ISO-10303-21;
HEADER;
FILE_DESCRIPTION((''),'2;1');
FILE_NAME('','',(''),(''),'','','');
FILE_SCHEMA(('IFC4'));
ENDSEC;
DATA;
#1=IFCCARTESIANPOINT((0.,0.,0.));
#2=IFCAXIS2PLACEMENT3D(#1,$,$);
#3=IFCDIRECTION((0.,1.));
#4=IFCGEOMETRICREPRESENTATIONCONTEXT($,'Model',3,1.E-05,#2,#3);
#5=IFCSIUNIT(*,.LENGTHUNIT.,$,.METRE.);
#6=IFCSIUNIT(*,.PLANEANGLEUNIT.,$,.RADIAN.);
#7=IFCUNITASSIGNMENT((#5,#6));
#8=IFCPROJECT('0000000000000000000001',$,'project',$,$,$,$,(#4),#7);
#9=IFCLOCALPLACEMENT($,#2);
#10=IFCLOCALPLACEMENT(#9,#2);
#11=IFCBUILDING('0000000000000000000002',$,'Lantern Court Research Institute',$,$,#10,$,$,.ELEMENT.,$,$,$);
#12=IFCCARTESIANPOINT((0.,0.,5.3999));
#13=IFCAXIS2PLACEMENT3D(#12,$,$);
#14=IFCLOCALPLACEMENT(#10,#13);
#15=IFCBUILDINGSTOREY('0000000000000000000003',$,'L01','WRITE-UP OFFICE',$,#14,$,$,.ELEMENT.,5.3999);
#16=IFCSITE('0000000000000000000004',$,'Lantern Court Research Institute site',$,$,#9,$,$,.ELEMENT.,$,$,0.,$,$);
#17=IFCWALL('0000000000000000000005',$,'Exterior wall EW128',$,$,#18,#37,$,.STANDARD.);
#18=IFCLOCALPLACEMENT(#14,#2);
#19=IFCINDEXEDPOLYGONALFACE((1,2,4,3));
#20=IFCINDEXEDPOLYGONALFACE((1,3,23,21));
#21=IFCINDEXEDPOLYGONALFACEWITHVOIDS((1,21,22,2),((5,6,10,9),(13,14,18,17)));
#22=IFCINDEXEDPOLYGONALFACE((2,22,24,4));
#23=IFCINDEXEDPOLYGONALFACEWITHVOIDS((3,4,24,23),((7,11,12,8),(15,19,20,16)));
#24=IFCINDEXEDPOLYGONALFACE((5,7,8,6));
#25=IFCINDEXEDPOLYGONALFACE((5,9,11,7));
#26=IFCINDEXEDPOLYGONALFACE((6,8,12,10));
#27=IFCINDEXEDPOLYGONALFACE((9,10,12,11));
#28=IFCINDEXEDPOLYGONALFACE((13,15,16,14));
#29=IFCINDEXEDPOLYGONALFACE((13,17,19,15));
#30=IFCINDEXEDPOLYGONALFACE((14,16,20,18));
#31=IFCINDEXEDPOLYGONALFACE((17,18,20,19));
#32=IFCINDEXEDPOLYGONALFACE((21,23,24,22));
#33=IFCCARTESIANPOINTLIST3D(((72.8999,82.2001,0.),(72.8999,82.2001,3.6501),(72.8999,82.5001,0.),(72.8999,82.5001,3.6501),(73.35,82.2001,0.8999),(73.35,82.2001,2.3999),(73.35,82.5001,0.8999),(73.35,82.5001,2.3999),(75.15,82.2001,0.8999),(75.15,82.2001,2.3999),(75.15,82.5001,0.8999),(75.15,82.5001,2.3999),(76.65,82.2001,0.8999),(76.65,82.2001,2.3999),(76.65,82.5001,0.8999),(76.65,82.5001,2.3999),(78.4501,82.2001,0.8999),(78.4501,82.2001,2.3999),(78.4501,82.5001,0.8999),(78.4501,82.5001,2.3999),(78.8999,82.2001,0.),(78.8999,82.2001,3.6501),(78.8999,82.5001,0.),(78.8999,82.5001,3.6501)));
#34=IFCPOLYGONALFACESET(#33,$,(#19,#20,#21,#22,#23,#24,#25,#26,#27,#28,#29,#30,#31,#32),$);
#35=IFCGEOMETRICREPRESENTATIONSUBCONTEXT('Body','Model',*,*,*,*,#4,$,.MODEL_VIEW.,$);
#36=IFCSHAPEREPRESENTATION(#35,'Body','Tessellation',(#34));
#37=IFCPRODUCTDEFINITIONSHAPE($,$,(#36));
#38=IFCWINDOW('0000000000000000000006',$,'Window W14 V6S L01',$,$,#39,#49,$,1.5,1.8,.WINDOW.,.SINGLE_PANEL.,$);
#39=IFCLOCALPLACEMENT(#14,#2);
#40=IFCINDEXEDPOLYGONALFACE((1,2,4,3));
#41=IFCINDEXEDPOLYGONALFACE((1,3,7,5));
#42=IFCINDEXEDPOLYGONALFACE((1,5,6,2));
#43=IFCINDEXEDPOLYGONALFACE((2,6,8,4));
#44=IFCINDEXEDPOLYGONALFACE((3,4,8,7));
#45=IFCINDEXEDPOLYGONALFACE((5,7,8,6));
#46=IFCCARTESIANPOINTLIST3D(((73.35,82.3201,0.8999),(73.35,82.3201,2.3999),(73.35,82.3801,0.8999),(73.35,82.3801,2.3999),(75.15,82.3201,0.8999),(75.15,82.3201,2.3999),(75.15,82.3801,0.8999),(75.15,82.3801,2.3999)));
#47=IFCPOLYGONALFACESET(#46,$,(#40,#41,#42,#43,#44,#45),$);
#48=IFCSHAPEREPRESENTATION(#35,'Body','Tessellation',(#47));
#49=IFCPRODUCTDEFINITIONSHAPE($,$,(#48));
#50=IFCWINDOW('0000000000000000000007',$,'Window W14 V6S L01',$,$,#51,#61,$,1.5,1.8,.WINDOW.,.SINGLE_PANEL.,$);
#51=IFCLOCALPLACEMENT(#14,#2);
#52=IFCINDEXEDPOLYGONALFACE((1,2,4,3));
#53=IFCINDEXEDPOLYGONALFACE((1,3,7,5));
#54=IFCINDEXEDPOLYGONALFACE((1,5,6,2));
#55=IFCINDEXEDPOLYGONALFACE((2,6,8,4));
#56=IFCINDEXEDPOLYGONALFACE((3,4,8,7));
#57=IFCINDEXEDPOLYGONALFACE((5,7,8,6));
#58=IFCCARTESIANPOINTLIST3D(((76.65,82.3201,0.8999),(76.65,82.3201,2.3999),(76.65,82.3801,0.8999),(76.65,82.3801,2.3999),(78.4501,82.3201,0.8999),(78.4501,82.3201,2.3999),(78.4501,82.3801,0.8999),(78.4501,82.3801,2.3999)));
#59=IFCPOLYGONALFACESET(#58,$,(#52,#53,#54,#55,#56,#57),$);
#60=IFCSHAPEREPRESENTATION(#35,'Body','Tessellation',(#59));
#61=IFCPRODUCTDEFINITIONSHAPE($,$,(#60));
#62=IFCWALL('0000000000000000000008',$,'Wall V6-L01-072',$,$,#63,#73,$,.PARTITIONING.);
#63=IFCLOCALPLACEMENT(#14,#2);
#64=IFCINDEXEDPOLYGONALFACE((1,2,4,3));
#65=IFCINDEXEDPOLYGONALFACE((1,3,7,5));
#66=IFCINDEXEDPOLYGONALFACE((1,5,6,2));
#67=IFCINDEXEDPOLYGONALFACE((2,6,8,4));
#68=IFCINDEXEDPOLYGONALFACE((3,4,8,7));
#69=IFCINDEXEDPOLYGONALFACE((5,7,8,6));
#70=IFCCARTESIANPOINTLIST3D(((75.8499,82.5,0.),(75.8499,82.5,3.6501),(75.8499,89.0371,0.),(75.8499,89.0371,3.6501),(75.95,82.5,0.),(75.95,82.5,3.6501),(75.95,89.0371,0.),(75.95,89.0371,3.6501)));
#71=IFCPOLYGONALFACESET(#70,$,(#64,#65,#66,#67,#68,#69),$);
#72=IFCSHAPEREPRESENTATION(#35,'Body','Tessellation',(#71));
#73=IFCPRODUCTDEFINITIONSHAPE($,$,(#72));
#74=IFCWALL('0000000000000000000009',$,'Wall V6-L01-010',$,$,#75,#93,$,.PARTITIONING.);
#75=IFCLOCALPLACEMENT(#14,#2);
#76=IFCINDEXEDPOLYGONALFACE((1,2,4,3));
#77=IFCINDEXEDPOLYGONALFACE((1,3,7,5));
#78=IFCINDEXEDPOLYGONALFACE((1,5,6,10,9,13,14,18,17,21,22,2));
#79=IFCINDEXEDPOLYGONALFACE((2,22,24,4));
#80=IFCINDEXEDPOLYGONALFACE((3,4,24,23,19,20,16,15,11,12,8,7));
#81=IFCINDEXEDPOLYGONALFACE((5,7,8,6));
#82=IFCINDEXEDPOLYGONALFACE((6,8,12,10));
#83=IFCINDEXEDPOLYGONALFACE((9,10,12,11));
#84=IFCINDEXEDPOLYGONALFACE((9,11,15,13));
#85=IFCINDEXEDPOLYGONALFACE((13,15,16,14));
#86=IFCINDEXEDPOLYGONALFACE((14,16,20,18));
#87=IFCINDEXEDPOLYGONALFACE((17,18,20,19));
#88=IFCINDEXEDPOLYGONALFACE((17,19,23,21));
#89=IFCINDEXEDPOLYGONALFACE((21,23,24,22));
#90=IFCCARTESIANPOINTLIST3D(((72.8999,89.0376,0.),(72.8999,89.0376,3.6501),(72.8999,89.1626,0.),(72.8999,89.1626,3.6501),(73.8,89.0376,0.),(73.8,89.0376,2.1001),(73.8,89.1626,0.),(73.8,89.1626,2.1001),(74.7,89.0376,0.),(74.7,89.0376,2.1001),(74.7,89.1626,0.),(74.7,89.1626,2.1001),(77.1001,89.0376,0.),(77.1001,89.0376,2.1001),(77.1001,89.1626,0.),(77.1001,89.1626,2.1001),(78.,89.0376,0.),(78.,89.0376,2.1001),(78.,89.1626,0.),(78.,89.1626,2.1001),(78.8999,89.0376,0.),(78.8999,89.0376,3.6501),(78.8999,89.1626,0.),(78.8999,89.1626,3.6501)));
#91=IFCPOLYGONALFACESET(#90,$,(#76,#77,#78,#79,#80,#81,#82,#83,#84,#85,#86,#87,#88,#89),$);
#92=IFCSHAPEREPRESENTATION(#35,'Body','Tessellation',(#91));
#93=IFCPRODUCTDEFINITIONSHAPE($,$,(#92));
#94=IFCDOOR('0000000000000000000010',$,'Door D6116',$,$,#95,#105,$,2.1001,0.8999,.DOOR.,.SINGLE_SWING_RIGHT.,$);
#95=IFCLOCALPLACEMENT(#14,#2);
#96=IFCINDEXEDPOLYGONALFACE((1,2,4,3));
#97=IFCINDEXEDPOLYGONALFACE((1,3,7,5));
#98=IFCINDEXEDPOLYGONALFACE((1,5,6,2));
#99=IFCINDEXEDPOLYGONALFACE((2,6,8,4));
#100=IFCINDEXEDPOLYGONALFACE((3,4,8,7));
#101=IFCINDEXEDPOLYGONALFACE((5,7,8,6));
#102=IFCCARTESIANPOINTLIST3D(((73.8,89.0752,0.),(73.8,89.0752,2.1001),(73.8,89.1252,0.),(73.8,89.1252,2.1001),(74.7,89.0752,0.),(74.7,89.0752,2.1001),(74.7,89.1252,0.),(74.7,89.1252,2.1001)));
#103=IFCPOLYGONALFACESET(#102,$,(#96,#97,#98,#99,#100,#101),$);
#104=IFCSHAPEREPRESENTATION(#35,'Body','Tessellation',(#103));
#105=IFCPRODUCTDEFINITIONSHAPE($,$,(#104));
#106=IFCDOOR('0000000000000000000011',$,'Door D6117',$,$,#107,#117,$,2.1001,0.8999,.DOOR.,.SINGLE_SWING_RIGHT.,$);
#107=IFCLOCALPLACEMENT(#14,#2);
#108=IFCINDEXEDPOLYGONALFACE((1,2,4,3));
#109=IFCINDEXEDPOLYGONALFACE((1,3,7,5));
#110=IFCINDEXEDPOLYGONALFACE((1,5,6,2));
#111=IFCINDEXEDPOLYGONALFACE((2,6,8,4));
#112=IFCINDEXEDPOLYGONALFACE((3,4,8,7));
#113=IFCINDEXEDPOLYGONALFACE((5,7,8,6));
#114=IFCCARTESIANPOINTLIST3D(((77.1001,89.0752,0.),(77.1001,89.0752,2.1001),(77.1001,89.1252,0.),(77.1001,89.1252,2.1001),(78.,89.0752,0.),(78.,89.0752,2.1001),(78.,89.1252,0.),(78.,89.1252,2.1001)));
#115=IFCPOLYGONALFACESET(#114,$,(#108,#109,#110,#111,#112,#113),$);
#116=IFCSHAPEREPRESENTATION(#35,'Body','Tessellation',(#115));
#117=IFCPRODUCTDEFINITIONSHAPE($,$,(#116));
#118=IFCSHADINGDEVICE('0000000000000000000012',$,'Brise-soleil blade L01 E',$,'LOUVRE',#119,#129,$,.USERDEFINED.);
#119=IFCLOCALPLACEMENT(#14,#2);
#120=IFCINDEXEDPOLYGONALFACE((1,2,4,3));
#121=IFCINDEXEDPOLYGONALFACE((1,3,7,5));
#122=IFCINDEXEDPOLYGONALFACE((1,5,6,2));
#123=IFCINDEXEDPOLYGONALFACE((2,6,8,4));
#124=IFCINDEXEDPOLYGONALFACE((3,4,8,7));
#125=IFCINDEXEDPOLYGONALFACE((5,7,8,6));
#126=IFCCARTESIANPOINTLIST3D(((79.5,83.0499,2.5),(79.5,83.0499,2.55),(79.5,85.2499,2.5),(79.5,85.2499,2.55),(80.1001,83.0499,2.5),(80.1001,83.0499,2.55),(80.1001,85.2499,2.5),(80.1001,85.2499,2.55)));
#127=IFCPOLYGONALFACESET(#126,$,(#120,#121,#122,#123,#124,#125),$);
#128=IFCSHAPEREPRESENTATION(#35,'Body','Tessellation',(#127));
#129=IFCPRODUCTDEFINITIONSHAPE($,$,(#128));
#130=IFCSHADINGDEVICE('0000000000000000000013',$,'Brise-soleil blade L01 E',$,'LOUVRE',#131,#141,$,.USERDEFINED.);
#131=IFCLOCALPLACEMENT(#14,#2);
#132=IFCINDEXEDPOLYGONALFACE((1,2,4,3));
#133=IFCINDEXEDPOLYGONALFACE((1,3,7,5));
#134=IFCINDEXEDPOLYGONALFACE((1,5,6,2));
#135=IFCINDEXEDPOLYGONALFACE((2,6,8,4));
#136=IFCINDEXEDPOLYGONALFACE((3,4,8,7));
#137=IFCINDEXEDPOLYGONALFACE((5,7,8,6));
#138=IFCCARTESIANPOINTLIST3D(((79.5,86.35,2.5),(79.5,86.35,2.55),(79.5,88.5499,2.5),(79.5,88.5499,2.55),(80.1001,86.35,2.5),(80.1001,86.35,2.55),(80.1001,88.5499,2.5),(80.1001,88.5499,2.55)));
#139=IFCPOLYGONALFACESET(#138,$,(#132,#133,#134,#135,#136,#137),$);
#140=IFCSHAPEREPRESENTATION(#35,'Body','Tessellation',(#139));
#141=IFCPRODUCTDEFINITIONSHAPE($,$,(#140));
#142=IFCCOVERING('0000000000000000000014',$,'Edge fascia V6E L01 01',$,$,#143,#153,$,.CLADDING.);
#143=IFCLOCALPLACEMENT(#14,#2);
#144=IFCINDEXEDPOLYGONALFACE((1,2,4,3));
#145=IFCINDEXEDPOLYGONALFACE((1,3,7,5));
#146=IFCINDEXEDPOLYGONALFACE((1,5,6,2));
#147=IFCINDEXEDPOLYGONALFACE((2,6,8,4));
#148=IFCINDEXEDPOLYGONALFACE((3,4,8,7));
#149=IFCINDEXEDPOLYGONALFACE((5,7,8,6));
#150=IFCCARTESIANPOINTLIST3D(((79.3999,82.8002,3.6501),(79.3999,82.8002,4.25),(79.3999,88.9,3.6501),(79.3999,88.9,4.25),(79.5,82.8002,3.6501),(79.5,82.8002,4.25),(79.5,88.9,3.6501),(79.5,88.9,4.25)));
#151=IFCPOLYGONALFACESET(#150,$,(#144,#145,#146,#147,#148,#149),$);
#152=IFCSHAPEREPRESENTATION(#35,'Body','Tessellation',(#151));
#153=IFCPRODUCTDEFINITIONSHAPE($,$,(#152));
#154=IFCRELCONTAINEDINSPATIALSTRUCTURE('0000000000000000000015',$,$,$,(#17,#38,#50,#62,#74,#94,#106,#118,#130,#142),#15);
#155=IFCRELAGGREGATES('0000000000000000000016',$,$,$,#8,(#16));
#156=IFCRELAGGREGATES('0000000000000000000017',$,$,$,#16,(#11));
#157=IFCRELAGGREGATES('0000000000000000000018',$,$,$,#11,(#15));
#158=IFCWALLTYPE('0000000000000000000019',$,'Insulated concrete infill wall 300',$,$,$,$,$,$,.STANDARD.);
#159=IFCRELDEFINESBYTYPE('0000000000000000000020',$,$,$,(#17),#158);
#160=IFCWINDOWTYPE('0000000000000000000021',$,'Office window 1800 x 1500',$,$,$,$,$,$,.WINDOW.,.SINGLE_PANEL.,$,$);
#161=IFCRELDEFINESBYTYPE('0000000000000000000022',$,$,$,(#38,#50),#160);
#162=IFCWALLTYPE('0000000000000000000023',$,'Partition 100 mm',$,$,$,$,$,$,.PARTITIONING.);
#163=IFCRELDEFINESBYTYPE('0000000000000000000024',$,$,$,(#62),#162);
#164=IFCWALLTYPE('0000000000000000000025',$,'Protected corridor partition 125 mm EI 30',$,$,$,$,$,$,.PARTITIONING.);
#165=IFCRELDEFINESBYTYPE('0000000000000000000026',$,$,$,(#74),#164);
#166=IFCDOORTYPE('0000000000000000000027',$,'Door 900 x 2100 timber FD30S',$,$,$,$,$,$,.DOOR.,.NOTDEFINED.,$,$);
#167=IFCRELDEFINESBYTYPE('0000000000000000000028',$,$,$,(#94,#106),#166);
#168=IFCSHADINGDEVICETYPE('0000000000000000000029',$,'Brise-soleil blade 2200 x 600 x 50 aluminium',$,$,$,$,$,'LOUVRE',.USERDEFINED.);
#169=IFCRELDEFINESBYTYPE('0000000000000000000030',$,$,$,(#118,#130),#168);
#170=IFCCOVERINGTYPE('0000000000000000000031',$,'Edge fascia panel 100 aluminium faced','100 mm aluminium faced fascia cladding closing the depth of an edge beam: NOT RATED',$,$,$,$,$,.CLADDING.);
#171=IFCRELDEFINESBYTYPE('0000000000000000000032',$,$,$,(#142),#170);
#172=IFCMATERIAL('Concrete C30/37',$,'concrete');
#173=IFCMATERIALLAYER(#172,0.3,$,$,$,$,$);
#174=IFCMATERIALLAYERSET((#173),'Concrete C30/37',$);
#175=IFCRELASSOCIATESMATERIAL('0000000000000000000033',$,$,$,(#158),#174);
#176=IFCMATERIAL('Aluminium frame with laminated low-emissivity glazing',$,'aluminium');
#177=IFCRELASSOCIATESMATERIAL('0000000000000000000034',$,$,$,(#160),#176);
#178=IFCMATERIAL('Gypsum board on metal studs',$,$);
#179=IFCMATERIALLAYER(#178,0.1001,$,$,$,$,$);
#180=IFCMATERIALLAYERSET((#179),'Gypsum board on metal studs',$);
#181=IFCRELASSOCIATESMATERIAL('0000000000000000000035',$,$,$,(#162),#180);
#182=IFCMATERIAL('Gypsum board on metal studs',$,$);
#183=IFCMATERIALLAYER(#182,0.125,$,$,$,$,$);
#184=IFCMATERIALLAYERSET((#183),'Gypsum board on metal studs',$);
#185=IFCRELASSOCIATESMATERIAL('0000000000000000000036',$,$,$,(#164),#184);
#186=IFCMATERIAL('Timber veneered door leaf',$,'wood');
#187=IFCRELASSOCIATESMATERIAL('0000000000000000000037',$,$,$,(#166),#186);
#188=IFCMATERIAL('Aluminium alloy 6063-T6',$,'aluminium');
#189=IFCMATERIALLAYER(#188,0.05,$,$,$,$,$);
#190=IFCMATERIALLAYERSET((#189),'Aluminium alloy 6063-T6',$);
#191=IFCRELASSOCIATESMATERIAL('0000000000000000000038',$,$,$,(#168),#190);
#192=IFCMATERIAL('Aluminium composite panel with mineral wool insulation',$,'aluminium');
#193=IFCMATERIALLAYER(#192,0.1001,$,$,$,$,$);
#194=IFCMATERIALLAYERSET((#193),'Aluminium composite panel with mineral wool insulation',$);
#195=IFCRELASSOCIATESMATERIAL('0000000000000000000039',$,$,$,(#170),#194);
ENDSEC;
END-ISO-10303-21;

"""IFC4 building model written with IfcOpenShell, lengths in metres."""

from ifc_helpers import new_model, si_unit, direction, frame, frame_2d, origin, origin_2d, place, context, subcontext, project, spatial, rectangle, extrude, material, layer, layer_set, type_object, element, fill, save


model = new_model("IFC4")

# Units and contexts
model_context = context("Model", 3, precision=1e-05, world=origin(), true_north=direction((0.0, 1.0)))
body_context = subcontext(model_context, "Body", "Model", "MODEL_VIEW")
ifc_project = project(units=[si_unit("LENGTHUNIT", "METRE"), si_unit("PLANEANGLEUNIT", "RADIAN")], contexts=[model_context])

# Site, building, storey
site_placement = place(None, origin())
site = spatial("IfcSite", under=ifc_project, at=site_placement, Name="Lantern Court Research Institute site", CompositionType="ELEMENT", RefElevation=0.0)
building_placement = place(site_placement, origin())
building = spatial("IfcBuilding", under=site, at=building_placement, Name="Lantern Court Research Institute", CompositionType="ELEMENT")
storey_placement = place(building_placement, frame((0.0, 0.0, 5.3999)))
storey = spatial("IfcBuildingStorey", under=building, at=storey_placement, Name="L01", Description="WRITE-UP OFFICE", CompositionType="ELEMENT", Elevation=5.3999)

# Wall, openings, windows
ifc_material_1 = material(Name="Concrete C30/37", Category="concrete")
ifc_layer_1 = layer(ifc_material_1, 0.3)
ifc_layer_set_1 = layer_set([ifc_layer_1], Name="Concrete C30/37")
wall_type_1 = type_object("IfcWallType", Name="Insulated concrete infill wall 300", PredefinedType="STANDARD", material=ifc_layer_set_1)
ifc_material_2 = material(Name="Aluminium frame with laminated low-emissivity glazing", Category="aluminium")
window_type = type_object("IfcWindowType", Name="Office window 1800 x 1500", PartitioningType="SINGLE_PANEL", PredefinedType="WINDOW", material=ifc_material_2)
wall_1_placement = place(storey_placement, frame((78.8999, 82.3501, 0.0), z_axis=(0.0, 0.0, 1.0), x_axis=(-1.0, 0.0, 0.0)))
wall_1 = element("IfcWall", 1, at=wall_1_placement, inside=storey, type_object=wall_type_1, Name="Exterior wall EW128", PredefinedType="STANDARD", context=body_context, shape_type="SweptSolid", body=[
    extrude(rectangle(XDim=6.0, YDim=0.3, at=frame_2d((3.0, 0.0))), origin(), (0.0, 0.0, 1.0), 3.6501),
])
opening_1_placement = place(wall_1_placement, frame((3.75, 0.0, 0.8999)))
opening_1 = element("IfcOpeningElement", 2, at=opening_1_placement, cuts=wall_1, PredefinedType="OPENING", context=body_context, shape_type="SweptSolid", body=[
    extrude(rectangle(XDim=1.8, YDim=1.5, at=frame_2d((0.8999, 0.75))), frame((0.0, 0.1599, 0.0), z_axis=(0.0, -1.0, 0.0), x_axis=(1.0, 0.0, 0.0)), (0.0, 0.0, 1.0), 0.3201),
])
opening_2_placement = place(wall_1_placement, frame((0.45, 0.0, 0.8999)))
opening_2 = element("IfcOpeningElement", 3, at=opening_2_placement, cuts=wall_1, PredefinedType="OPENING", context=body_context, shape_type="SweptSolid", body=[
    extrude(rectangle(XDim=1.8, YDim=1.5, at=frame_2d((0.8999, 0.75))), frame((0.0, 0.1599, 0.0), z_axis=(0.0, -1.0, 0.0), x_axis=(1.0, 0.0, 0.0)), (0.0, 0.0, 1.0), 0.3201),
])
window_1_placement = place(opening_1_placement, origin())
window_1 = element("IfcWindow", 4, at=window_1_placement, inside=storey, type_object=window_type, Name="Window W14 V6S L01", OverallHeight=1.5, OverallWidth=1.8, PartitioningType="SINGLE_PANEL", PredefinedType="WINDOW", context=body_context, shape_type="SweptSolid", body=[
    extrude(rectangle(XDim=1.8, YDim=1.5, at=frame_2d((0.8999, 0.75))), frame((0.0, 0.03, 0.0), z_axis=(0.0, -1.0, 0.0), x_axis=(1.0, 0.0, 0.0)), (0.0, 0.0, 1.0), 0.0601),
])
fill(opening_1, window_1)
window_2_placement = place(opening_2_placement, origin())
window_2 = element("IfcWindow", 5, at=window_2_placement, inside=storey, type_object=window_type, Name="Window W14 V6S L01", OverallHeight=1.5, OverallWidth=1.8, PartitioningType="SINGLE_PANEL", PredefinedType="WINDOW", context=body_context, shape_type="SweptSolid", body=[
    extrude(rectangle(XDim=1.8, YDim=1.5, at=frame_2d((0.8999, 0.75))), frame((0.0, 0.03, 0.0), z_axis=(0.0, -1.0, 0.0), x_axis=(1.0, 0.0, 0.0)), (0.0, 0.0, 1.0), 0.0601),
])
fill(opening_2, window_2)

# Wall
ifc_material_3 = material(Name="Gypsum board on metal studs")
ifc_layer_2 = layer(ifc_material_3, 0.1001)
ifc_layer_set_2 = layer_set([ifc_layer_2], Name="Gypsum board on metal studs")
wall_type_2 = type_object("IfcWallType", Name="Partition 100 mm", PredefinedType="PARTITIONING", material=ifc_layer_set_2)
wall_2_placement = place(storey_placement, frame((75.8999, 82.5, 0.0), z_axis=(0.0, 0.0, 1.0), x_axis=(0.0, 1.0, 0.0)))
element("IfcWall", 6, at=wall_2_placement, inside=storey, type_object=wall_type_2, Name="Wall V6-L01-072", PredefinedType="PARTITIONING", context=body_context, shape_type="SweptSolid", body=[
    extrude(rectangle(XDim=6.5371, YDim=0.1001, at=frame_2d((3.2686, 0.0))), origin(), (0.0, 0.0, 1.0), 3.6501),
])

# Wall, openings, doors
ifc_material_4 = material(Name="Gypsum board on metal studs")
ifc_layer_3 = layer(ifc_material_4, 0.125)
ifc_layer_set_3 = layer_set([ifc_layer_3], Name="Gypsum board on metal studs")
wall_type_3 = type_object("IfcWallType", Name="Protected corridor partition 125 mm EI 30", PredefinedType="PARTITIONING", material=ifc_layer_set_3)
wall_3_placement = place(storey_placement, frame((78.8999, 89.1001, 0.0), z_axis=(0.0, 0.0, 1.0), x_axis=(-1.0, 0.0, 0.0)))
wall_3 = element("IfcWall", 7, at=wall_3_placement, inside=storey, type_object=wall_type_3, Name="Wall V6-L01-010", PredefinedType="PARTITIONING", context=body_context, shape_type="SweptSolid", body=[
    extrude(rectangle(XDim=6.0, YDim=0.125, at=frame_2d((3.0, 0.0))), origin(), (0.0, 0.0, 1.0), 3.6501),
])
opening_3_placement = place(wall_3_placement, frame((4.2, 0.0, 0.0)))
opening_3 = element("IfcOpeningElement", 8, at=opening_3_placement, cuts=wall_3, PredefinedType="OPENING", context=body_context, shape_type="SweptSolid", body=[
    extrude(rectangle(XDim=0.8999, YDim=2.1001, at=frame_2d((0.45, 1.05))), frame((0.0, 0.0725, 0.0), z_axis=(0.0, -1.0, 0.0), x_axis=(1.0, 0.0, 0.0)), (0.0, 0.0, 1.0), 0.145),
])
opening_4_placement = place(wall_3_placement, frame((0.8999, 0.0, 0.0)))
opening_4 = element("IfcOpeningElement", 9, at=opening_4_placement, cuts=wall_3, PredefinedType="OPENING", context=body_context, shape_type="SweptSolid", body=[
    extrude(rectangle(XDim=0.8999, YDim=2.1001, at=frame_2d((0.45, 1.05))), frame((0.0, 0.0725, 0.0), z_axis=(0.0, -1.0, 0.0), x_axis=(1.0, 0.0, 0.0)), (0.0, 0.0, 1.0), 0.145),
])
ifc_material_5 = material(Name="Timber veneered door leaf", Category="wood")
door_type = type_object("IfcDoorType", Name="Door 900 x 2100 timber FD30S", OperationType="NOTDEFINED", PredefinedType="DOOR", material=ifc_material_5)
door_1_placement = place(opening_3_placement, origin())
door_1 = element("IfcDoor", 10, at=door_1_placement, inside=storey, type_object=door_type, Name="Door D6116", OperationType="SINGLE_SWING_RIGHT", OverallHeight=2.1001, OverallWidth=0.8999, PredefinedType="DOOR", context=body_context, shape_type="SweptSolid", body=[
    extrude(rectangle(XDim=0.8999, YDim=2.1001, at=frame_2d((0.45, 1.05))), frame((0.0, 0.0249, 0.0), z_axis=(0.0, -1.0, 0.0), x_axis=(1.0, 0.0, 0.0)), (0.0, 0.0, 1.0), 0.05),
])
fill(opening_3, door_1)
door_2_placement = place(opening_4_placement, origin())
door_2 = element("IfcDoor", 11, at=door_2_placement, inside=storey, type_object=door_type, Name="Door D6117", OperationType="SINGLE_SWING_RIGHT", OverallHeight=2.1001, OverallWidth=0.8999, PredefinedType="DOOR", context=body_context, shape_type="SweptSolid", body=[
    extrude(rectangle(XDim=0.8999, YDim=2.1001, at=frame_2d((0.45, 1.05))), frame((0.0, 0.0249, 0.0), z_axis=(0.0, -1.0, 0.0), x_axis=(1.0, 0.0, 0.0)), (0.0, 0.0, 1.0), 0.05),
])
fill(opening_4, door_2)

# Shading devices
ifc_material_6 = material(Name="Aluminium alloy 6063-T6", Category="aluminium")
ifc_layer_4 = layer(ifc_material_6, 0.05)
ifc_layer_set_4 = layer_set([ifc_layer_4], Name="Aluminium alloy 6063-T6")
shading_device_type = type_object("IfcShadingDeviceType", Name="Brise-soleil blade 2200 x 600 x 50 aluminium", ElementType="LOUVRE", PredefinedType="USERDEFINED", material=ifc_layer_set_4)
for number, where, z_axis, x_axis, name in (
    (12, (79.8, 84.1499, 2.5), (0.0, 0.0, 1.0), (0.0, -1.0, 0.0), "Brise-soleil blade L01 E"),
    (13, (79.8, 87.45, 2.5), (0.0, 0.0, 1.0), (0.0, -1.0, 0.0), "Brise-soleil blade L01 E"),
):
    element("IfcShadingDevice", number, at=place(storey_placement, frame(where, z_axis=z_axis, x_axis=x_axis)), inside=storey, type_object=shading_device_type, Name=name, ObjectType="LOUVRE", PredefinedType="USERDEFINED", context=body_context, shape_type="SweptSolid", body=[
        extrude(rectangle(XDim=2.2, YDim=0.6001, at=origin_2d()), origin(), (0.0, 0.0, 1.0), 0.05),
    ])

# Covering
ifc_material_7 = material(Name="Aluminium composite panel with mineral wool insulation", Category="aluminium")
ifc_layer_5 = layer(ifc_material_7, 0.1001)
ifc_layer_set_5 = layer_set([ifc_layer_5], Name="Aluminium composite panel with mineral wool insulation")
covering_type_1 = type_object("IfcCoveringType", Name="Edge fascia panel 100 aluminium faced", Description="100 mm aluminium faced fascia cladding closing the depth of an edge beam: NOT RATED", PredefinedType="CLADDING", material=ifc_layer_set_5)
covering_1_placement = place(storey_placement, frame((79.45, 88.8999, 3.6501), z_axis=(0.0, 0.0, 1.0), x_axis=(0.0, -1.0, 0.0)))
element("IfcCovering", 14, at=covering_1_placement, inside=storey, type_object=covering_type_1, Name="Edge fascia V6E L01 01", PredefinedType="CLADDING", context=body_context, shape_type="SweptSolid", body=[
    extrude(rectangle(XDim=6.0999, YDim=0.1001, at=frame_2d((3.0498, 0.0))), origin(), (0.0, 0.0, 1.0), 0.5999),
])

save(model, "model.ifc")
